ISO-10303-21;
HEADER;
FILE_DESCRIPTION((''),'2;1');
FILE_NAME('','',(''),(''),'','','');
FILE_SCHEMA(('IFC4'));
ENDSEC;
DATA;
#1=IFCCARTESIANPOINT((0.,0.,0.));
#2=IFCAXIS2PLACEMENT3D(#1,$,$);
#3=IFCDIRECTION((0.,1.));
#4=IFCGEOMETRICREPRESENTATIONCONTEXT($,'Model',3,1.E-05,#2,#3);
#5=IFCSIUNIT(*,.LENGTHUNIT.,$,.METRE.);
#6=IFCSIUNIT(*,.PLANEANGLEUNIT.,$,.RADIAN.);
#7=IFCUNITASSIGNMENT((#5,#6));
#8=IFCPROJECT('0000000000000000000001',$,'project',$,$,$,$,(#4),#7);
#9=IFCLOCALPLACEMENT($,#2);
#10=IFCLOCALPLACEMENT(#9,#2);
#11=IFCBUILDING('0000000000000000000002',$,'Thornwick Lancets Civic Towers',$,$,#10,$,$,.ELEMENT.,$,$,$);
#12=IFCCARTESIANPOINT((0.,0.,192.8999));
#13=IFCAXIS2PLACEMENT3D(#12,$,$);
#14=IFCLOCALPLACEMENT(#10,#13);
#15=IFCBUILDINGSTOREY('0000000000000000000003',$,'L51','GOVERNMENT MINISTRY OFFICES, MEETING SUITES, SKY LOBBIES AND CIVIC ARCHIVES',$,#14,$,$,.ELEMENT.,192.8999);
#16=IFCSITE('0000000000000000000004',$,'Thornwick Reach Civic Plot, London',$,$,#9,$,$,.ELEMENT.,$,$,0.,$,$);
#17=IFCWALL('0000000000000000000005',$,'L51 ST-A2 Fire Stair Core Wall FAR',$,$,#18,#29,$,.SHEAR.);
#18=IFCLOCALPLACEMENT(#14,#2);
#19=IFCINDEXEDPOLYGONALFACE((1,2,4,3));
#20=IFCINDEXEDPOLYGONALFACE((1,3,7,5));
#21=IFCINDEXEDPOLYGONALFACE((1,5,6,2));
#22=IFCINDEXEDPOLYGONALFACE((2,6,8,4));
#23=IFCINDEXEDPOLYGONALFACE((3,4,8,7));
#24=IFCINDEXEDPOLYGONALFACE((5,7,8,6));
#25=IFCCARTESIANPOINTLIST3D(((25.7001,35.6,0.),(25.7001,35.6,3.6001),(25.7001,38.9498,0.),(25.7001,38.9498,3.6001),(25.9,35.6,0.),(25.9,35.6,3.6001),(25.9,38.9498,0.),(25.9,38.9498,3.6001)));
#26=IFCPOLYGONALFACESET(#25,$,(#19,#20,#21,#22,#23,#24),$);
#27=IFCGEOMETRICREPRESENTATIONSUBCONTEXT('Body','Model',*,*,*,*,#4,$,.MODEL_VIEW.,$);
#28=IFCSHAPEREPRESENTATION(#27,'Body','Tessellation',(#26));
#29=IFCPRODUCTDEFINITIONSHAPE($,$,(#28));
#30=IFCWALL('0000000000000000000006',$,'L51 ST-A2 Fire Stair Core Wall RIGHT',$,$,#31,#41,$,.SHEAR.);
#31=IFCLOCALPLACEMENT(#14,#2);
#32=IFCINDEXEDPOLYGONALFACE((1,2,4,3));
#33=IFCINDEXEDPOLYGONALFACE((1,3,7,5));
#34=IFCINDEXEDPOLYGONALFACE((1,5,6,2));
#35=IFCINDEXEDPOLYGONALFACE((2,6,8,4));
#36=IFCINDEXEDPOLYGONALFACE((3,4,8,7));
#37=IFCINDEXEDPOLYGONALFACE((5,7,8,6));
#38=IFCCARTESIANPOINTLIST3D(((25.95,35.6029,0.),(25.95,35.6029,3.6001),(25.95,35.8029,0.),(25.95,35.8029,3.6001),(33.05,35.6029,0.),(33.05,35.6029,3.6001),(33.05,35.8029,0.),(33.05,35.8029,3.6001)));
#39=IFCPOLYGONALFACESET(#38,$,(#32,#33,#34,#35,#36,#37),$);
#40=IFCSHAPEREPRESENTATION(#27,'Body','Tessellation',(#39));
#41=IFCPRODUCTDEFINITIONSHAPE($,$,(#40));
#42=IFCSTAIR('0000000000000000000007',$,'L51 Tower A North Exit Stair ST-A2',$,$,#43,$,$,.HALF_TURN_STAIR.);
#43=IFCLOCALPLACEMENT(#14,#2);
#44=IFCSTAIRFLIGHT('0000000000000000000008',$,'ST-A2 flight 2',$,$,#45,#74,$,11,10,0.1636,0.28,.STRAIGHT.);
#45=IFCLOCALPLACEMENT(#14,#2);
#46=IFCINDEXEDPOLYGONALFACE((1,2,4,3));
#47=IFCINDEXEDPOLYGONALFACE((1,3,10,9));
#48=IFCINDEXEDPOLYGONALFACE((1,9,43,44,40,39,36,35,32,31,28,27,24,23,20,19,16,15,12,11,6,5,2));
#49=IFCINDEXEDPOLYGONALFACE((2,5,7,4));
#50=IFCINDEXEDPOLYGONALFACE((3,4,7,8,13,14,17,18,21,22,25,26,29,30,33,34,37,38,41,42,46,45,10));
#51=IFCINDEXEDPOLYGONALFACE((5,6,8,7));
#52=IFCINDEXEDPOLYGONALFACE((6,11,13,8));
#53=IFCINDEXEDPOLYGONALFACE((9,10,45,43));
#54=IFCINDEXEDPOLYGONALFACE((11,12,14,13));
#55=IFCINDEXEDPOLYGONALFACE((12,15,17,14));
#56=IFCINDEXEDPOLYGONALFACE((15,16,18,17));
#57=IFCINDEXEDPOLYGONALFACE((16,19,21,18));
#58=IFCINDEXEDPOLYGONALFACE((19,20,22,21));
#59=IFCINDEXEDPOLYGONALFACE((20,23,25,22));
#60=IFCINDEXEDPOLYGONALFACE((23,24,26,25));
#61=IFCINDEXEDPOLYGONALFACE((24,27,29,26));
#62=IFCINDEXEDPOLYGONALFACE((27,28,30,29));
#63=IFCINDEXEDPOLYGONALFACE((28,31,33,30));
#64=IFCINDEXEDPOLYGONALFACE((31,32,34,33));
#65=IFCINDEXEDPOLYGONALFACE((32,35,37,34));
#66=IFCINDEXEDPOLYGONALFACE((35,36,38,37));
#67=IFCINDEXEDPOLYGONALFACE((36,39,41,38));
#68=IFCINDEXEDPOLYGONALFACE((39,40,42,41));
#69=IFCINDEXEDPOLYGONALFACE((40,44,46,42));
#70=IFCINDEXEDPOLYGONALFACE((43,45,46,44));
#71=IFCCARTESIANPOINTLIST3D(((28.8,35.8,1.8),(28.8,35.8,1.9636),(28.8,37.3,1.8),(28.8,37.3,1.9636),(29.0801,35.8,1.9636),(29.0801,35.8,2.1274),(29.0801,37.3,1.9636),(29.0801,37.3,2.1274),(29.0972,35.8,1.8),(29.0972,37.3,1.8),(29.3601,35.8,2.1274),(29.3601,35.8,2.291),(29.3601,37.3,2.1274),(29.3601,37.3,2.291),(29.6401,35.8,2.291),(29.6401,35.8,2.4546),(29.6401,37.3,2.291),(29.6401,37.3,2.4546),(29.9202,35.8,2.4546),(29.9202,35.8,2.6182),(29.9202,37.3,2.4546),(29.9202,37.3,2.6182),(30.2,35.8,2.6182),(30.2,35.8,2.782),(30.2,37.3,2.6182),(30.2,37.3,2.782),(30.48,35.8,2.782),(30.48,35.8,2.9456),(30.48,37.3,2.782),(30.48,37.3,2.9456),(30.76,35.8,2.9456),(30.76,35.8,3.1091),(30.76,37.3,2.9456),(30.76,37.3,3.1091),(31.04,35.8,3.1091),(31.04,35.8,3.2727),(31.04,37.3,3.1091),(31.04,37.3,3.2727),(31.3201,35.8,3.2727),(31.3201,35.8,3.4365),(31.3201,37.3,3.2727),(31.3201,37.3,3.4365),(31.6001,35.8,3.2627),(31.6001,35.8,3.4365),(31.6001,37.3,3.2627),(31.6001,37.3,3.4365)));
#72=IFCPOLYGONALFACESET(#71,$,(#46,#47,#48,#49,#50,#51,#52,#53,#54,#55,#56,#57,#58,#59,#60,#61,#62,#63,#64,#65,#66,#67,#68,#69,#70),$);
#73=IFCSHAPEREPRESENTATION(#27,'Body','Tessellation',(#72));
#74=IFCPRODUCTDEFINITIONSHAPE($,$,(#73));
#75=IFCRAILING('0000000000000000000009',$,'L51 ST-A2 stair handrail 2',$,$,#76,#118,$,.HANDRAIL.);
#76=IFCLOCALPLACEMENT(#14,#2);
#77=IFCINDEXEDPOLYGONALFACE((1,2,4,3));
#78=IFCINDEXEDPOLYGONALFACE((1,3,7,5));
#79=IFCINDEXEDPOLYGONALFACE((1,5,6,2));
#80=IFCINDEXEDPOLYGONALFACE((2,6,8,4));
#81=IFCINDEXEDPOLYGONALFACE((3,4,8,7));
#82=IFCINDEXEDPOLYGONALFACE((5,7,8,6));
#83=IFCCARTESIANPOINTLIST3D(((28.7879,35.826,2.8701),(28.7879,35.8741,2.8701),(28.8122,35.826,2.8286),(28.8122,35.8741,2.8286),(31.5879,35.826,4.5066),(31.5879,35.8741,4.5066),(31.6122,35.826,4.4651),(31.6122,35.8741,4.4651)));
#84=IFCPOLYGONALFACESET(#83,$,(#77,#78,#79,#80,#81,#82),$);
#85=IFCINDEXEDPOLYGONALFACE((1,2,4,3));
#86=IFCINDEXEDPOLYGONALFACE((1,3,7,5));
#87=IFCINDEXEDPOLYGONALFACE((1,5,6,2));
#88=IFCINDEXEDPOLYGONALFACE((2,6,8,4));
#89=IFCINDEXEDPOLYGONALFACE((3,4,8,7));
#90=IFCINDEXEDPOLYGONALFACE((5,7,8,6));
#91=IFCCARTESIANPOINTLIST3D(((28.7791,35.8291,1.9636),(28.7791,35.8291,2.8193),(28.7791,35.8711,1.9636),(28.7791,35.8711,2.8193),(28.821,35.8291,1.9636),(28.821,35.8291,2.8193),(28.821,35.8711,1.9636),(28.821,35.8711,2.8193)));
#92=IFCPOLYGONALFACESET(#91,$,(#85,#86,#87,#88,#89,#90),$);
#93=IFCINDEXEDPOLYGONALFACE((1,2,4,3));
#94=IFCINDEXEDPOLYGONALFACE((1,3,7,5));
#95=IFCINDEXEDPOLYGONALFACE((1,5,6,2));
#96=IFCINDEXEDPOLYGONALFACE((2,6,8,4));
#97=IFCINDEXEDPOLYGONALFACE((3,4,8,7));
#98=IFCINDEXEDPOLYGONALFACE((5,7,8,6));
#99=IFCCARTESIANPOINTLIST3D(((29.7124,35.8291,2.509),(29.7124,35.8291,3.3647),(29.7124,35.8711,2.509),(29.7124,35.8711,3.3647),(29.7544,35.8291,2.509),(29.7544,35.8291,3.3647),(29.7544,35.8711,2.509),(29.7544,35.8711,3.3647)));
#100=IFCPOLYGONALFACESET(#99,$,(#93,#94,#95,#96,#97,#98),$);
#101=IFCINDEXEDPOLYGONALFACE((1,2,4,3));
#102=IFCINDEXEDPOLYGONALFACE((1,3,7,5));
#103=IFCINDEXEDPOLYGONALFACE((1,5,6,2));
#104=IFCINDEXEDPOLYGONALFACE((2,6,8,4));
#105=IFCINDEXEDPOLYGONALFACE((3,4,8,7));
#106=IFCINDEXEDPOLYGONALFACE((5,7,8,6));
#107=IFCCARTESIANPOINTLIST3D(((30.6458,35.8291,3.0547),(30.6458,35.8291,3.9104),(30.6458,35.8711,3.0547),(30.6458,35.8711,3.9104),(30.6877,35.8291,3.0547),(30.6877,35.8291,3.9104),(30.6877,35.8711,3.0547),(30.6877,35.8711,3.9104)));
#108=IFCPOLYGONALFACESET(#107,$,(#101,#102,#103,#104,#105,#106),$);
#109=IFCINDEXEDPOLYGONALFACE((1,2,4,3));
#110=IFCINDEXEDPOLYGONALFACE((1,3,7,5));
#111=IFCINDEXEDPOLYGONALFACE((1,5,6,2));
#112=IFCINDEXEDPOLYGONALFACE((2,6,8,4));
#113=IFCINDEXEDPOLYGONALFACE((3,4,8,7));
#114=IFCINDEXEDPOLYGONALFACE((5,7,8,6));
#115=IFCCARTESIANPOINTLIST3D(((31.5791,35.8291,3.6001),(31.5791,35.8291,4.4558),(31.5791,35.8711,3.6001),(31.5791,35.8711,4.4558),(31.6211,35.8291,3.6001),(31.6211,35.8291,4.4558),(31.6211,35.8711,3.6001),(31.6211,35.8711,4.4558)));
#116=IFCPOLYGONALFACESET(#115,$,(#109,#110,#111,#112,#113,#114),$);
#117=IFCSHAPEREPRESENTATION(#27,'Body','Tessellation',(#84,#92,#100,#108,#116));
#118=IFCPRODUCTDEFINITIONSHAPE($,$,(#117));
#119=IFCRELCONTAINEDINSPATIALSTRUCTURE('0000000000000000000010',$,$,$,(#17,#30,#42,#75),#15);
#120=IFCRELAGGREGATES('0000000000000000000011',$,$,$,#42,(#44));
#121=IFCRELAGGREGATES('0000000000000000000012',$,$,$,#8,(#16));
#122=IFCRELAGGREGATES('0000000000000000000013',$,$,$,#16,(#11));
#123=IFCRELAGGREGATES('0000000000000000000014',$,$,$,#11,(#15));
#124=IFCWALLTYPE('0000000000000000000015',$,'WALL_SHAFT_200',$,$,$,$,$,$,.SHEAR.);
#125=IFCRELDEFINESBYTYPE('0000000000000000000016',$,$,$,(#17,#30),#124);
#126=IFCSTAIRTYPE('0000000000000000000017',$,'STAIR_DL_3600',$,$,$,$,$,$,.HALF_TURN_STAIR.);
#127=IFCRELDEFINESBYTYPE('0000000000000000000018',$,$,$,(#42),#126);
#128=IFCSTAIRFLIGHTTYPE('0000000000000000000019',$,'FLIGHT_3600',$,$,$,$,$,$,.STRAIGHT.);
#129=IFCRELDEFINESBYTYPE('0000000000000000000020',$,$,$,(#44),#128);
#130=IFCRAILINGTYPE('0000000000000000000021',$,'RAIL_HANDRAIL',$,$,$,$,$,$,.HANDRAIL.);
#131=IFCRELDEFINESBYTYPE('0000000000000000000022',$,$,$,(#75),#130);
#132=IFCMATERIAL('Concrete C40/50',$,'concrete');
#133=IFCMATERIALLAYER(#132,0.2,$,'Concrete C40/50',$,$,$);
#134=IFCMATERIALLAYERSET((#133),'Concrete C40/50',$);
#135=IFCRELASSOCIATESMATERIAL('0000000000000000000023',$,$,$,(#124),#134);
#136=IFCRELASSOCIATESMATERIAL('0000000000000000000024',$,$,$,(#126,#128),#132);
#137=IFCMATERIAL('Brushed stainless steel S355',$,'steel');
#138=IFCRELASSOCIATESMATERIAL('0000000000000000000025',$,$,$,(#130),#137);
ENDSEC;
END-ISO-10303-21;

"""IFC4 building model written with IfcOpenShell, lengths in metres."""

from ifc_helpers import new_model, si_unit, direction, frame, frame_2d, origin, origin_2d, place, context, subcontext, project, spatial, polyline, rectangle, outline, extrude, material, layer, layer_set, type_object, element, aggregate, save


model = new_model("IFC4")

# Units and contexts
model_context = context("Model", 3, precision=1e-05, world=origin(), true_north=direction((0.0, 1.0)))
body_context = subcontext(model_context, "Body", "Model", "MODEL_VIEW")
ifc_project = project(units=[si_unit("LENGTHUNIT", "METRE"), si_unit("PLANEANGLEUNIT", "RADIAN")], contexts=[model_context])

# Site, building, storey
site_placement = place(None, origin())
site = spatial("IfcSite", under=ifc_project, at=site_placement, Name="Thornwick Reach Civic Plot, London", CompositionType="ELEMENT", RefElevation=0.0)
building_placement = place(site_placement, origin())
building = spatial("IfcBuilding", under=site, at=building_placement, Name="Thornwick Lancets Civic Towers", CompositionType="ELEMENT")
storey_placement = place(building_placement, frame((0.0, 0.0, 192.8999)))
storey = spatial("IfcBuildingStorey", under=building, at=storey_placement, Name="L51", Description="GOVERNMENT MINISTRY OFFICES, MEETING SUITES, SKY LOBBIES AND CIVIC ARCHIVES", CompositionType="ELEMENT", Elevation=192.8999)

# Walls
ifc_material_1 = material(Name="Concrete C40/50", Category="concrete")
ifc_layer_1 = layer(ifc_material_1, 0.2, Name="Concrete C40/50")
ifc_layer_set_1 = layer_set([ifc_layer_1], Name="Concrete C40/50")
wall_type_1 = type_object("IfcWallType", Name="WALL_SHAFT_200", PredefinedType="SHEAR", material=ifc_layer_set_1)
wall_1_placement = place(storey_placement, frame((25.8, 35.6001, 0.0), z_axis=(0.0, 0.0, 1.0), x_axis=(0.0, 1.0, 0.0)))
element("IfcWall", 1, at=wall_1_placement, inside=storey, type_object=wall_type_1, Name="L51 ST-A2 Fire Stair Core Wall FAR", PredefinedType="SHEAR", context=body_context, shape_type="SweptSolid", body=[
    extrude(rectangle(XDim=3.3499, YDim=0.2, at=frame_2d((1.6748, 0.0))), origin(), (0.0, 0.0, 1.0), 3.6001),
])
wall_2_placement = place(storey_placement, frame((25.95, 35.7029, 0.0), z_axis=(0.0, 0.0, 1.0), x_axis=(1.0, 0.0, 0.0)))
element("IfcWall", 2, at=wall_2_placement, inside=storey, type_object=wall_type_1, Name="L51 ST-A2 Fire Stair Core Wall RIGHT", PredefinedType="SHEAR", context=body_context, shape_type="SweptSolid", body=[
    extrude(rectangle(XDim=7.1001, YDim=0.2, at=frame_2d((3.55, 0.0))), origin(), (0.0, 0.0, 1.0), 3.6001),
])

# Stair, stair flight
stair_type = type_object("IfcStairType", Name="STAIR_DL_3600", PredefinedType="HALF_TURN_STAIR", material=ifc_material_1)
stair_placement = place(storey_placement, origin())
stair = element("IfcStair", 3, at=stair_placement, inside=storey, type_object=stair_type, Name="L51 Tower A North Exit Stair ST-A2", PredefinedType="HALF_TURN_STAIR")
stair_flight_type = type_object("IfcStairFlightType", Name="FLIGHT_3600", PredefinedType="STRAIGHT", material=ifc_material_1)
stair_flight_placement = place(storey_placement, frame((28.8, 36.55, 1.8), z_axis=(0.0, 0.0, 1.0), x_axis=(1.0, 0.0, 0.0)))
stair_flight = element("IfcStairFlight", 4, at=stair_flight_placement, type_object=stair_flight_type, Name="ST-A2 flight 2", NumberOfRisers=11, NumberOfTreads=10, PredefinedType="STRAIGHT", RiserHeight=0.1636, TreadLength=0.28, context=body_context, shape_type="SweptSolid", body=[
    extrude(outline(polyline([(0.0, 0.0), (0.0, 0.1636), (0.28, 0.1636), (0.28, 0.3274), (0.5601, 0.3274), (0.5601, 0.491), (0.8401, 0.491), (0.8401, 0.6545), (1.1201, 0.6545), (1.1201, 0.8181), (1.3999, 0.8181), (1.3999, 0.9819), (1.6799, 0.9819), (1.6799, 1.1455), (1.96, 1.1455), (1.96, 1.3091), (2.24, 1.3091), (2.24, 1.4727), (2.52, 1.4727), (2.52, 1.6365), (2.8, 1.6365), (2.8, 1.8), (2.8, 1.4626), (0.2971, 0.0), (0.0, 0.0)])), frame((0.0, 0.75, 0.0), z_axis=(0.0, -1.0, 0.0), x_axis=(1.0, 0.0, 0.0)), (0.0, 0.0, 1.0), 1.5),
])
aggregate(stair, [stair_flight])

# Railing
ifc_material_2 = material(Name="Brushed stainless steel S355", Category="steel")
railing_type = type_object("IfcRailingType", Name="RAIL_HANDRAIL", PredefinedType="HANDRAIL", material=ifc_material_2)
railing_placement = place(storey_placement, frame((28.8, 35.8501, 1.9636)))
element("IfcRailing", 5, at=railing_placement, inside=storey, type_object=railing_type, Name="L51 ST-A2 stair handrail 2", PredefinedType="HANDRAIL", context=body_context, shape_type="SweptSolid", body=[
    extrude(rectangle(XDim=0.0481, YDim=0.0481, at=origin_2d()), frame((0.0, 0.0, 0.8857), z_axis=(0.863361, 0.0, 0.504587), x_axis=(0.0, 1.0, 0.0)), (0.0, 0.0, 1.0), 3.2432),
    extrude(rectangle(XDim=0.042, YDim=0.042, at=origin_2d()), origin(), (0.0, 0.0, 1.0), 0.8557),
    extrude(rectangle(XDim=0.042, YDim=0.042, at=origin_2d()), frame((0.9333, 0.0, 0.5454)), (0.0, 0.0, 1.0), 0.8557),
    extrude(rectangle(XDim=0.042, YDim=0.042, at=origin_2d()), frame((1.8667, 0.0, 1.0911)), (0.0, 0.0, 1.0), 0.8557),
    extrude(rectangle(XDim=0.042, YDim=0.042, at=origin_2d()), frame((2.8, 0.0, 1.6365)), (0.0, 0.0, 1.0), 0.8557),
])

save(model, "model.ifc")
